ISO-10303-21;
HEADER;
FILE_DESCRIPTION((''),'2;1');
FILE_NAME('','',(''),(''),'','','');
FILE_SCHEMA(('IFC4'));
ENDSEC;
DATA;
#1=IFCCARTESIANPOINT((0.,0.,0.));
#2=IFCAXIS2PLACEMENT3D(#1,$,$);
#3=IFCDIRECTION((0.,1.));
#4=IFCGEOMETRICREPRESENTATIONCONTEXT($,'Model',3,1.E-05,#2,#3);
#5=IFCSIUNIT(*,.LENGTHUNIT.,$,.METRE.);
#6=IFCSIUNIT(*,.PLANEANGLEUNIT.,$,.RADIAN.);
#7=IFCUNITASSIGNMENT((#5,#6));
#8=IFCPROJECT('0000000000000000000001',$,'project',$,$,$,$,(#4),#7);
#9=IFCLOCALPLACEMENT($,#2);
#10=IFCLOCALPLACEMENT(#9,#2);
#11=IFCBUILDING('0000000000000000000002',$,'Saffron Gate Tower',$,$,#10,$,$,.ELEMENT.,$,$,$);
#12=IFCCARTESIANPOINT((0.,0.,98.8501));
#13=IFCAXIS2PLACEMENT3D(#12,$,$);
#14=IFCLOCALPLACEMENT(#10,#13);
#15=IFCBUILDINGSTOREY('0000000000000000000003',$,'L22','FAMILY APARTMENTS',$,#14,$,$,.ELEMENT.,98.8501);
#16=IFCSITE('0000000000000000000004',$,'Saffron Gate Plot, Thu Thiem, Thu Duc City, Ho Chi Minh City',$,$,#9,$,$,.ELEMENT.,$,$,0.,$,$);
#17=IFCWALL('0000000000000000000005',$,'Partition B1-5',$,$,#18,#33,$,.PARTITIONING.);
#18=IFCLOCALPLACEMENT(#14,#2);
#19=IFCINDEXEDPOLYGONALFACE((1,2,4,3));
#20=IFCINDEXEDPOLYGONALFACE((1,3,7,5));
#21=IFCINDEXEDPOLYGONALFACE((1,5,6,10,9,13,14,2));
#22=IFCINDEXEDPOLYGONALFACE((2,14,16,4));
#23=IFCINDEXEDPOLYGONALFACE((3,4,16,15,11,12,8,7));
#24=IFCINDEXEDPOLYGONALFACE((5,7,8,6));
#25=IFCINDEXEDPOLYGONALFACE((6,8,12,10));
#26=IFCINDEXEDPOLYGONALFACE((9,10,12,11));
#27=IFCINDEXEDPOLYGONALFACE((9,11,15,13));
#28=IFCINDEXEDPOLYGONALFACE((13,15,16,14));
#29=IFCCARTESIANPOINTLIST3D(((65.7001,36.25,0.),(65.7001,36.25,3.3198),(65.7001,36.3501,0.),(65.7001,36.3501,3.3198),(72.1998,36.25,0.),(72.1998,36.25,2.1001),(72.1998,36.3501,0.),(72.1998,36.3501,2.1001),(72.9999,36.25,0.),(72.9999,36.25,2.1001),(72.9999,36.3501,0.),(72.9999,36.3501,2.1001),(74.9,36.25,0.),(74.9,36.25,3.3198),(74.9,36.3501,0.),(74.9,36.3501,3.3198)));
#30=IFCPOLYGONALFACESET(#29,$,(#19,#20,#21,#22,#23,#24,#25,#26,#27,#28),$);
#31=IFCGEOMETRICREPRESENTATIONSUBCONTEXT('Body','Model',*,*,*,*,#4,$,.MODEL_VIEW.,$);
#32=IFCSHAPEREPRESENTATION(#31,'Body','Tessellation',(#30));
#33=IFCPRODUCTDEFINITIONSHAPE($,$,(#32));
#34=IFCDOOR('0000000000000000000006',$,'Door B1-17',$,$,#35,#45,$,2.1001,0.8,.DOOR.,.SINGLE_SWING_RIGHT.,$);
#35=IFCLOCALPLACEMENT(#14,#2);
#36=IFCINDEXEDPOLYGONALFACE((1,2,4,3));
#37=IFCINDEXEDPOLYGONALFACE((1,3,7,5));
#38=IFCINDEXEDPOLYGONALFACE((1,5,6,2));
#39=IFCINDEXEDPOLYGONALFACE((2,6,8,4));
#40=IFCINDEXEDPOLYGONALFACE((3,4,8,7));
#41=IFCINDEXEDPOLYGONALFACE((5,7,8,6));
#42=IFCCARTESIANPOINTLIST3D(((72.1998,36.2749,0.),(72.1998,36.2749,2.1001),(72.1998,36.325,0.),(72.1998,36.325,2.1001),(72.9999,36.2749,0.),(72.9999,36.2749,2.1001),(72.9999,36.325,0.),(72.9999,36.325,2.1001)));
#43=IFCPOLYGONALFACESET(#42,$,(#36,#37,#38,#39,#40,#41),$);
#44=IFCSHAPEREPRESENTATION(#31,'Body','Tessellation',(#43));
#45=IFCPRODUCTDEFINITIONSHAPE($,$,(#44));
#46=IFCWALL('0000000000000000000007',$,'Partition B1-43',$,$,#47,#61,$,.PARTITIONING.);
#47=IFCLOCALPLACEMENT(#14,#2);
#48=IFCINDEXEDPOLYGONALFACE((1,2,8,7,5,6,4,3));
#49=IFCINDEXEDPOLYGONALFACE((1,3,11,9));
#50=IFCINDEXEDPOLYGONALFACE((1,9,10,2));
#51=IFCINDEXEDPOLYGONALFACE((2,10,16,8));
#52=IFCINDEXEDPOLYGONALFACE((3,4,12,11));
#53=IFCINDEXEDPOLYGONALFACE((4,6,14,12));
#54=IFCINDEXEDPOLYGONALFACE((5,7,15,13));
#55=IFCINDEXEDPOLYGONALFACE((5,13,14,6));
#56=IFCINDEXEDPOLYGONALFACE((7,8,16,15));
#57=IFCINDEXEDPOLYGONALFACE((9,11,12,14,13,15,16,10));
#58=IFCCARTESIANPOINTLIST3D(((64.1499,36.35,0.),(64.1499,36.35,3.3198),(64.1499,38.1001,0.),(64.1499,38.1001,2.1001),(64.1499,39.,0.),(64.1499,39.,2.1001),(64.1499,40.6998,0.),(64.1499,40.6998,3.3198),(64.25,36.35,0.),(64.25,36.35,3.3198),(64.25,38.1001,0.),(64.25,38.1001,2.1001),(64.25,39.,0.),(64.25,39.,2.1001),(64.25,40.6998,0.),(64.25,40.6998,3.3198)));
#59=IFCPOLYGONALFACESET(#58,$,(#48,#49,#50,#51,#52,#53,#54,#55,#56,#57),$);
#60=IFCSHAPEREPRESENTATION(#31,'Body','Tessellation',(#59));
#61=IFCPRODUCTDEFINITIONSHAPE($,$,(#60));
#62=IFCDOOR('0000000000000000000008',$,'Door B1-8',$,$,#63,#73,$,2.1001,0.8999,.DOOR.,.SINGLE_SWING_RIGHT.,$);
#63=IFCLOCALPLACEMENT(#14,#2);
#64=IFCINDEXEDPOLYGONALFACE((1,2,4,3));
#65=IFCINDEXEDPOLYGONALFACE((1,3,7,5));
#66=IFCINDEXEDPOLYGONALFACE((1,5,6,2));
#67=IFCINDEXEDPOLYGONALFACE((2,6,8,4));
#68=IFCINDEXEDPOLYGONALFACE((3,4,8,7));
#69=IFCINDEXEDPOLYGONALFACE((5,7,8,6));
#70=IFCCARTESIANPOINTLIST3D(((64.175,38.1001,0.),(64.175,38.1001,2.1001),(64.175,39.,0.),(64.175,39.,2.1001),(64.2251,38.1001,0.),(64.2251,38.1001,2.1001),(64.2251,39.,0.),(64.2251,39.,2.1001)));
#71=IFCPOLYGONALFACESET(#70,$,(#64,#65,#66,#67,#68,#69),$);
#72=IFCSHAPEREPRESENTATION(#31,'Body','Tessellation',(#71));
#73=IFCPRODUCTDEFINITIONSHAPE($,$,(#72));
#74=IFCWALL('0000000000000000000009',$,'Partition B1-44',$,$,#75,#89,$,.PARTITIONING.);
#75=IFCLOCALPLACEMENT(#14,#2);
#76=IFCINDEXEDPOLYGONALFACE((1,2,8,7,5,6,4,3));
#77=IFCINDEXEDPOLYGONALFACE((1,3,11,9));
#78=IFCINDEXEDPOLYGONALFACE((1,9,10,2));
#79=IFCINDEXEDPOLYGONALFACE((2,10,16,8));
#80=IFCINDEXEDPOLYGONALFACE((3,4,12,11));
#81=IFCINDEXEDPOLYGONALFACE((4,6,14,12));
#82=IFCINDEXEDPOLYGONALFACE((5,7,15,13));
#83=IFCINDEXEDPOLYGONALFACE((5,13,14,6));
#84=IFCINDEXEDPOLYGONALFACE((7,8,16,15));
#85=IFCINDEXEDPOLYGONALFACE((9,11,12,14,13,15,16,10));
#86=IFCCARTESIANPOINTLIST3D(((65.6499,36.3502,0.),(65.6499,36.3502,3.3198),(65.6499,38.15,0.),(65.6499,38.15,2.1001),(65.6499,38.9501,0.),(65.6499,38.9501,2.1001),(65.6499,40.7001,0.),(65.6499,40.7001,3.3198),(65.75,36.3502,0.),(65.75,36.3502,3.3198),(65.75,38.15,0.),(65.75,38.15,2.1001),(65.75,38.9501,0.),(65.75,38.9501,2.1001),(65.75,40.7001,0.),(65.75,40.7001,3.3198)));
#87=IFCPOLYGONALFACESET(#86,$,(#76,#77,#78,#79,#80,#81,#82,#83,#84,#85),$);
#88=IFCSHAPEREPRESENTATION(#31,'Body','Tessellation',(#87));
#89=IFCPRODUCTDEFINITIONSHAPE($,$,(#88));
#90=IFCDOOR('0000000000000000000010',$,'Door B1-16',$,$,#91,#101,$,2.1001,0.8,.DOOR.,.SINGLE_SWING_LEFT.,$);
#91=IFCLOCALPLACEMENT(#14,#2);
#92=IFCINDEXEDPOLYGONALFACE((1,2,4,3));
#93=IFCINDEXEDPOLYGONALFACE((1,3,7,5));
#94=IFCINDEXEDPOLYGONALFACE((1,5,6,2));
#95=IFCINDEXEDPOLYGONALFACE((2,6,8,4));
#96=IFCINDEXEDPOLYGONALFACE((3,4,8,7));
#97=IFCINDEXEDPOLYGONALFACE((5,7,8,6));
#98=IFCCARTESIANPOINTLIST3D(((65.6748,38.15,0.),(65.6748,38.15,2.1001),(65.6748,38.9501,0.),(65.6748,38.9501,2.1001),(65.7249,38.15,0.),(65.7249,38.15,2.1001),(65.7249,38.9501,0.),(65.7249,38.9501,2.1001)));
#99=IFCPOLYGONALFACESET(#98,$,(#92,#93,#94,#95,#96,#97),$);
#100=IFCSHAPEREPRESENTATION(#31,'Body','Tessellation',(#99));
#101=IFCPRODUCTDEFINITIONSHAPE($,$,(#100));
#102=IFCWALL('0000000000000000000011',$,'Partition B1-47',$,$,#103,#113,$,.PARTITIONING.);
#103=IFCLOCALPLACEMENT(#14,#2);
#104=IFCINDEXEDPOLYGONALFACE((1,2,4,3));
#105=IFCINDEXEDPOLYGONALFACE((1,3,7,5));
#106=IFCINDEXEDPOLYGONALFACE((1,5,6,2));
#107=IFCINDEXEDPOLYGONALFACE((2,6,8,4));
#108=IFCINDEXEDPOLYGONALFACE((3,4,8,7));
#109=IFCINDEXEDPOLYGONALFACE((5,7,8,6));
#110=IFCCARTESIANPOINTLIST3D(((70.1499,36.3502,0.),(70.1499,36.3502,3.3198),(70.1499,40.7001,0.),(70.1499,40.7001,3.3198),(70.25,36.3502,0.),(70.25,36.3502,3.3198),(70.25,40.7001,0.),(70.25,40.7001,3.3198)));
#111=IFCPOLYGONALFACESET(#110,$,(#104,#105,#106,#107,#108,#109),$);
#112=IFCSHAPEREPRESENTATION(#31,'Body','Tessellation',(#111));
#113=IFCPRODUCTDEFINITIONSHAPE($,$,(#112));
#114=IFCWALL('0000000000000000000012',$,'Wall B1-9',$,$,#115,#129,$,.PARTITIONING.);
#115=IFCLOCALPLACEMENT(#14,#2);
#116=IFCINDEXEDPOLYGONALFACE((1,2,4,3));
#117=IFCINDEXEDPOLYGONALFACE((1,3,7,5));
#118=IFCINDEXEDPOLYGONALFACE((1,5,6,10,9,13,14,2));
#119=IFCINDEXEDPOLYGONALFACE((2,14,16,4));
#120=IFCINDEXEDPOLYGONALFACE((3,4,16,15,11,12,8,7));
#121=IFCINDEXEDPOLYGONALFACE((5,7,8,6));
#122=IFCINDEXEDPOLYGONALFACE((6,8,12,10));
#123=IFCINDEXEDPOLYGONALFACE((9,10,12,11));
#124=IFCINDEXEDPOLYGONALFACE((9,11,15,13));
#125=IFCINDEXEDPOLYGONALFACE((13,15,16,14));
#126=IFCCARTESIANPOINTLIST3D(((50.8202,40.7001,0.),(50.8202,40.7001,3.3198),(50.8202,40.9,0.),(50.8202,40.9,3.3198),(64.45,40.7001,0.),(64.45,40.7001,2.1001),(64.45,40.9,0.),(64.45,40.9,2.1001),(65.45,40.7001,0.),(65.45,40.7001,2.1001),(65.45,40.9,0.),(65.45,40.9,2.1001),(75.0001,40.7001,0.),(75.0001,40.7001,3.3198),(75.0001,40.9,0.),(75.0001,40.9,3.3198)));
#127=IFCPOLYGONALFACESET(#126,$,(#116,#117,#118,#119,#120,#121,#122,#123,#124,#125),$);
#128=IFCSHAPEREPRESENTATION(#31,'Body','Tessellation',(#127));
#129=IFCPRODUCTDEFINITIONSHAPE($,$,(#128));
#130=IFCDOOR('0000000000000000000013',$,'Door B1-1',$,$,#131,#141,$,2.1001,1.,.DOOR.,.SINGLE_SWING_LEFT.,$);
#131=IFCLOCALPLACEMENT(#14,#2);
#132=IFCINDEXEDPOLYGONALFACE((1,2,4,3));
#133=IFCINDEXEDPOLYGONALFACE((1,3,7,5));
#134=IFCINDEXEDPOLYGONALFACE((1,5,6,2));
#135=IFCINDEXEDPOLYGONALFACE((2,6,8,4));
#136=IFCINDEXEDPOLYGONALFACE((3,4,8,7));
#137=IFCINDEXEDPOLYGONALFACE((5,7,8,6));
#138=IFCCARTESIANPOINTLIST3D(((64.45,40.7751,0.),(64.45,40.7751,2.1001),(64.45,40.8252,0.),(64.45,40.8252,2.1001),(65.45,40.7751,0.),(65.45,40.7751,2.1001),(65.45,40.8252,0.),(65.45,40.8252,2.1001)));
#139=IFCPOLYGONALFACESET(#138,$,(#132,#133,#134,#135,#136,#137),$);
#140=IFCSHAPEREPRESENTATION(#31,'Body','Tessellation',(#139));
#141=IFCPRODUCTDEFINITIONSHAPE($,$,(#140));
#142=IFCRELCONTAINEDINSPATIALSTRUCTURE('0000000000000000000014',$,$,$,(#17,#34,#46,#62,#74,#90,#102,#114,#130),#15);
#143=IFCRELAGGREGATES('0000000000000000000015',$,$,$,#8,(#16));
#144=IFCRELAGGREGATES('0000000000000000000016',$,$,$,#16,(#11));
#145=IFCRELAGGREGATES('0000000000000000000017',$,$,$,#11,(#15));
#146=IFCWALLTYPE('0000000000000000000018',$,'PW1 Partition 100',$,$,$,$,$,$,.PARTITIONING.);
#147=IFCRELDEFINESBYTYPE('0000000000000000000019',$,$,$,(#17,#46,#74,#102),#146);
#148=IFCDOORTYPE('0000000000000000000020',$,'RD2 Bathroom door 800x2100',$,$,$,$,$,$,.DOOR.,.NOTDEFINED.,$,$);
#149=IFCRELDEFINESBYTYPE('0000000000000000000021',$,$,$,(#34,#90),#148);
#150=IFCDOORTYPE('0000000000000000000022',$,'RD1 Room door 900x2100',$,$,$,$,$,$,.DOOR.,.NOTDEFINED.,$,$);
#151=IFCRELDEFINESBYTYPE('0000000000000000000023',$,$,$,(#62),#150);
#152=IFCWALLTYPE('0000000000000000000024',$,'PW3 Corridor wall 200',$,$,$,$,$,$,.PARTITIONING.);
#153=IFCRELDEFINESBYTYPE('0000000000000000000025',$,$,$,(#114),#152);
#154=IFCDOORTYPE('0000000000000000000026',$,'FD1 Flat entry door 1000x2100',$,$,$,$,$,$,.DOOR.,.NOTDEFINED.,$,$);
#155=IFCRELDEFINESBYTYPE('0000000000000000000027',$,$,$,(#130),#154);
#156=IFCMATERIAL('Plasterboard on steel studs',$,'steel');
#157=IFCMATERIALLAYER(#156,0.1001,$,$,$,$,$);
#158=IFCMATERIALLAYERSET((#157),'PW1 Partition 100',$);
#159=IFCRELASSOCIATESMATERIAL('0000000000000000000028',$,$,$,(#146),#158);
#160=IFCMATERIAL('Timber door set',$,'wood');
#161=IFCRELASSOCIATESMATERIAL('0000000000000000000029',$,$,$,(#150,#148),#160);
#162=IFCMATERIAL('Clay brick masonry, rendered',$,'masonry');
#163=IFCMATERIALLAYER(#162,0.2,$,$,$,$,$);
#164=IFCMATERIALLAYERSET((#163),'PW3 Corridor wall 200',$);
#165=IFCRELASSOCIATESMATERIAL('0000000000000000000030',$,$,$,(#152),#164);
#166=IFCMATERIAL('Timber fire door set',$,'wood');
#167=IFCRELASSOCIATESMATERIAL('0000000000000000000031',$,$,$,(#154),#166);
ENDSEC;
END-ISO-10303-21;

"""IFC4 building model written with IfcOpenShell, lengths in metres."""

from ifc_helpers import new_model, si_unit, direction, frame, frame_2d, origin, place, context, subcontext, project, spatial, rectangle, extrude, material, layer, layer_set, type_object, element, fill, save


model = new_model("IFC4")

# Units and contexts
model_context = context("Model", 3, precision=1e-05, world=origin(), true_north=direction((0.0, 1.0)))
body_context = subcontext(model_context, "Body", "Model", "MODEL_VIEW")
ifc_project = project(units=[si_unit("LENGTHUNIT", "METRE"), si_unit("PLANEANGLEUNIT", "RADIAN")], contexts=[model_context])

# Site, building, storey
site_placement = place(None, origin())
site = spatial("IfcSite", under=ifc_project, at=site_placement, Name="Saffron Gate Plot, Thu Thiem, Thu Duc City, Ho Chi Minh City", CompositionType="ELEMENT", RefElevation=0.0)
building_placement = place(site_placement, origin())
building = spatial("IfcBuilding", under=site, at=building_placement, Name="Saffron Gate Tower", CompositionType="ELEMENT")
storey_placement = place(building_placement, frame((0.0, 0.0, 98.8501)))
storey = spatial("IfcBuildingStorey", under=building, at=storey_placement, Name="L22", Description="FAMILY APARTMENTS", CompositionType="ELEMENT", Elevation=98.8501)

# Shared definitions
ifc_material_1 = material(Name="Plasterboard on steel studs", Category="steel")
ifc_layer_1 = layer(ifc_material_1, 0.1001)
ifc_layer_set_1 = layer_set([ifc_layer_1], Name="PW1 Partition 100")
wall_type_1 = type_object("IfcWallType", Name="PW1 Partition 100", PredefinedType="PARTITIONING", material=ifc_layer_set_1)
ifc_material_2 = material(Name="Timber door set", Category="wood")
door_type_1 = type_object("IfcDoorType", Name="RD1 Room door 900x2100", OperationType="NOTDEFINED", PredefinedType="DOOR", material=ifc_material_2)

# Walls, openings, doors
wall_1_placement = place(storey_placement, frame((65.7, 36.3, 0.0), z_axis=(0.0, 0.0, 1.0), x_axis=(1.0, 0.0, 0.0)))
wall_1 = element("IfcWall", 1, at=wall_1_placement, inside=storey, type_object=wall_type_1, Name="Partition B1-5", PredefinedType="PARTITIONING", context=body_context, shape_type="SweptSolid", body=[
    extrude(rectangle(XDim=9.2, YDim=0.1001, at=frame_2d((4.6001, 0.0))), origin(), (0.0, 0.0, 1.0), 3.3198),
])
opening_1_placement = place(wall_1_placement, frame((6.5, 0.0, 0.0)))
opening_1 = element("IfcOpeningElement", 2, at=opening_1_placement, cuts=wall_1, PredefinedType="OPENING", context=body_context, shape_type="SweptSolid", body=[
    extrude(rectangle(XDim=0.8, YDim=2.1001, at=frame_2d((0.3999, 1.05))), frame((0.0, 0.0601, 0.0), z_axis=(0.0, -1.0, 0.0), x_axis=(1.0, 0.0, 0.0)), (0.0, 0.0, 1.0), 0.1201),
])
door_type_2 = type_object("IfcDoorType", Name="RD2 Bathroom door 800x2100", OperationType="NOTDEFINED", PredefinedType="DOOR", material=ifc_material_2)
door_1_placement = place(opening_1_placement, origin())
door_1 = element("IfcDoor", 3, at=door_1_placement, inside=storey, type_object=door_type_2, Name="Door B1-17", OperationType="SINGLE_SWING_RIGHT", OverallHeight=2.1001, OverallWidth=0.8, PredefinedType="DOOR", context=body_context, shape_type="SweptSolid", body=[
    extrude(rectangle(XDim=0.8, YDim=2.1001, at=frame_2d((0.3999, 1.05))), frame((0.0, 0.0249, 0.0), z_axis=(0.0, -1.0, 0.0), x_axis=(1.0, 0.0, 0.0)), (0.0, 0.0, 1.0), 0.05),
])
fill(opening_1, door_1)
wall_2_placement = place(storey_placement, frame((64.2, 36.3501, 0.0), z_axis=(0.0, 0.0, 1.0), x_axis=(0.0, 1.0, 0.0)))
wall_2 = element("IfcWall", 4, at=wall_2_placement, inside=storey, type_object=wall_type_1, Name="Partition B1-43", PredefinedType="PARTITIONING", context=body_context, shape_type="SweptSolid", body=[
    extrude(rectangle(XDim=4.3499, YDim=0.1001, at=frame_2d((2.1748, 0.0))), origin(), (0.0, 0.0, 1.0), 3.3198),
])
opening_2_placement = place(wall_2_placement, frame((1.75, 0.0, 0.0)))
opening_2 = element("IfcOpeningElement", 5, at=opening_2_placement, cuts=wall_2, PredefinedType="OPENING", context=body_context, shape_type="SweptSolid", body=[
    extrude(rectangle(XDim=0.8999, YDim=2.1001, at=frame_2d((0.45, 1.05))), frame((0.0, 0.0601, 0.0), z_axis=(0.0, -1.0, 0.0), x_axis=(1.0, 0.0, 0.0)), (0.0, 0.0, 1.0), 0.1201),
])
door_2_placement = place(opening_2_placement, origin())
door_2 = element("IfcDoor", 6, at=door_2_placement, inside=storey, type_object=door_type_1, Name="Door B1-8", OperationType="SINGLE_SWING_RIGHT", OverallHeight=2.1001, OverallWidth=0.8999, PredefinedType="DOOR", context=body_context, shape_type="SweptSolid", body=[
    extrude(rectangle(XDim=0.8999, YDim=2.1001, at=frame_2d((0.45, 1.05))), frame((0.0, 0.0249, 0.0), z_axis=(0.0, -1.0, 0.0), x_axis=(1.0, 0.0, 0.0)), (0.0, 0.0, 1.0), 0.05),
])
fill(opening_2, door_2)
wall_3_placement = place(storey_placement, frame((65.7, 40.7, 0.0), z_axis=(0.0, 0.0, 1.0), x_axis=(0.0, -1.0, 0.0)))
wall_3 = element("IfcWall", 7, at=wall_3_placement, inside=storey, type_object=wall_type_1, Name="Partition B1-44", PredefinedType="PARTITIONING", context=body_context, shape_type="SweptSolid", body=[
    extrude(rectangle(XDim=4.3499, YDim=0.1001, at=frame_2d((2.1748, 0.0))), origin(), (0.0, 0.0, 1.0), 3.3198),
])
opening_3_placement = place(wall_3_placement, frame((1.75, 0.0, 0.0)))
opening_3 = element("IfcOpeningElement", 8, at=opening_3_placement, cuts=wall_3, PredefinedType="OPENING", context=body_context, shape_type="SweptSolid", body=[
    extrude(rectangle(XDim=0.8, YDim=2.1001, at=frame_2d((0.3999, 1.05))), frame((0.0, 0.0601, 0.0), z_axis=(0.0, -1.0, 0.0), x_axis=(1.0, 0.0, 0.0)), (0.0, 0.0, 1.0), 0.1201),
])
door_3_placement = place(opening_3_placement, origin())
door_3 = element("IfcDoor", 9, at=door_3_placement, inside=storey, type_object=door_type_2, Name="Door B1-16", OperationType="SINGLE_SWING_LEFT", OverallHeight=2.1001, OverallWidth=0.8, PredefinedType="DOOR", context=body_context, shape_type="SweptSolid", body=[
    extrude(rectangle(XDim=0.8, YDim=2.1001, at=frame_2d((0.3999, 1.05))), frame((0.0, 0.0249, 0.0), z_axis=(0.0, -1.0, 0.0), x_axis=(1.0, 0.0, 0.0)), (0.0, 0.0, 1.0), 0.05),
])
fill(opening_3, door_3)

# Wall
wall_4_placement = place(storey_placement, frame((70.2, 40.7, 0.0), z_axis=(0.0, 0.0, 1.0), x_axis=(0.0, -1.0, 0.0)))
element("IfcWall", 10, at=wall_4_placement, inside=storey, type_object=wall_type_1, Name="Partition B1-47", PredefinedType="PARTITIONING", context=body_context, shape_type="SweptSolid", body=[
    extrude(rectangle(XDim=4.3499, YDim=0.1001, at=frame_2d((2.1748, 0.0))), origin(), (0.0, 0.0, 1.0), 3.3198),
])

# Wall, opening, door
ifc_material_3 = material(Name="Clay brick masonry, rendered", Category="masonry")
ifc_layer_2 = layer(ifc_material_3, 0.2)
ifc_layer_set_2 = layer_set([ifc_layer_2], Name="PW3 Corridor wall 200")
wall_type_2 = type_object("IfcWallType", Name="PW3 Corridor wall 200", PredefinedType="PARTITIONING", material=ifc_layer_set_2)
wall_5_placement = place(storey_placement, frame((75.0, 40.8, 0.0), z_axis=(0.0, 0.0, 1.0), x_axis=(-1.0, 0.0, 0.0)))
wall_5 = element("IfcWall", 11, at=wall_5_placement, inside=storey, type_object=wall_type_2, Name="Wall B1-9", PredefinedType="PARTITIONING", context=body_context, shape_type="SweptSolid", body=[
    extrude(rectangle(XDim=24.1799, YDim=0.2, at=frame_2d((12.0898, 0.0))), origin(), (0.0, 0.0, 1.0), 3.3198),
])
opening_4_placement = place(wall_5_placement, frame((9.55, 0.0, 0.0)))
opening_4 = element("IfcOpeningElement", 12, at=opening_4_placement, cuts=wall_5, PredefinedType="OPENING", context=body_context, shape_type="SweptSolid", body=[
    extrude(rectangle(XDim=1.0, YDim=2.1001, at=frame_2d((0.5, 1.05))), frame((0.0, 0.1099, 0.0), z_axis=(0.0, -1.0, 0.0), x_axis=(1.0, 0.0, 0.0)), (0.0, 0.0, 1.0), 0.22),
])
ifc_material_4 = material(Name="Timber fire door set", Category="wood")
door_type_3 = type_object("IfcDoorType", Name="FD1 Flat entry door 1000x2100", OperationType="NOTDEFINED", PredefinedType="DOOR", material=ifc_material_4)
door_4_placement = place(opening_4_placement, origin())
door_4 = element("IfcDoor", 13, at=door_4_placement, inside=storey, type_object=door_type_3, Name="Door B1-1", OperationType="SINGLE_SWING_LEFT", OverallHeight=2.1001, OverallWidth=1.0, PredefinedType="DOOR", context=body_context, shape_type="SweptSolid", body=[
    extrude(rectangle(XDim=1.0, YDim=2.1001, at=frame_2d((0.5, 1.05))), frame((0.0, 0.0249, 0.0), z_axis=(0.0, -1.0, 0.0), x_axis=(1.0, 0.0, 0.0)), (0.0, 0.0, 1.0), 0.05),
])
fill(opening_4, door_4)

save(model, "model.ifc")
